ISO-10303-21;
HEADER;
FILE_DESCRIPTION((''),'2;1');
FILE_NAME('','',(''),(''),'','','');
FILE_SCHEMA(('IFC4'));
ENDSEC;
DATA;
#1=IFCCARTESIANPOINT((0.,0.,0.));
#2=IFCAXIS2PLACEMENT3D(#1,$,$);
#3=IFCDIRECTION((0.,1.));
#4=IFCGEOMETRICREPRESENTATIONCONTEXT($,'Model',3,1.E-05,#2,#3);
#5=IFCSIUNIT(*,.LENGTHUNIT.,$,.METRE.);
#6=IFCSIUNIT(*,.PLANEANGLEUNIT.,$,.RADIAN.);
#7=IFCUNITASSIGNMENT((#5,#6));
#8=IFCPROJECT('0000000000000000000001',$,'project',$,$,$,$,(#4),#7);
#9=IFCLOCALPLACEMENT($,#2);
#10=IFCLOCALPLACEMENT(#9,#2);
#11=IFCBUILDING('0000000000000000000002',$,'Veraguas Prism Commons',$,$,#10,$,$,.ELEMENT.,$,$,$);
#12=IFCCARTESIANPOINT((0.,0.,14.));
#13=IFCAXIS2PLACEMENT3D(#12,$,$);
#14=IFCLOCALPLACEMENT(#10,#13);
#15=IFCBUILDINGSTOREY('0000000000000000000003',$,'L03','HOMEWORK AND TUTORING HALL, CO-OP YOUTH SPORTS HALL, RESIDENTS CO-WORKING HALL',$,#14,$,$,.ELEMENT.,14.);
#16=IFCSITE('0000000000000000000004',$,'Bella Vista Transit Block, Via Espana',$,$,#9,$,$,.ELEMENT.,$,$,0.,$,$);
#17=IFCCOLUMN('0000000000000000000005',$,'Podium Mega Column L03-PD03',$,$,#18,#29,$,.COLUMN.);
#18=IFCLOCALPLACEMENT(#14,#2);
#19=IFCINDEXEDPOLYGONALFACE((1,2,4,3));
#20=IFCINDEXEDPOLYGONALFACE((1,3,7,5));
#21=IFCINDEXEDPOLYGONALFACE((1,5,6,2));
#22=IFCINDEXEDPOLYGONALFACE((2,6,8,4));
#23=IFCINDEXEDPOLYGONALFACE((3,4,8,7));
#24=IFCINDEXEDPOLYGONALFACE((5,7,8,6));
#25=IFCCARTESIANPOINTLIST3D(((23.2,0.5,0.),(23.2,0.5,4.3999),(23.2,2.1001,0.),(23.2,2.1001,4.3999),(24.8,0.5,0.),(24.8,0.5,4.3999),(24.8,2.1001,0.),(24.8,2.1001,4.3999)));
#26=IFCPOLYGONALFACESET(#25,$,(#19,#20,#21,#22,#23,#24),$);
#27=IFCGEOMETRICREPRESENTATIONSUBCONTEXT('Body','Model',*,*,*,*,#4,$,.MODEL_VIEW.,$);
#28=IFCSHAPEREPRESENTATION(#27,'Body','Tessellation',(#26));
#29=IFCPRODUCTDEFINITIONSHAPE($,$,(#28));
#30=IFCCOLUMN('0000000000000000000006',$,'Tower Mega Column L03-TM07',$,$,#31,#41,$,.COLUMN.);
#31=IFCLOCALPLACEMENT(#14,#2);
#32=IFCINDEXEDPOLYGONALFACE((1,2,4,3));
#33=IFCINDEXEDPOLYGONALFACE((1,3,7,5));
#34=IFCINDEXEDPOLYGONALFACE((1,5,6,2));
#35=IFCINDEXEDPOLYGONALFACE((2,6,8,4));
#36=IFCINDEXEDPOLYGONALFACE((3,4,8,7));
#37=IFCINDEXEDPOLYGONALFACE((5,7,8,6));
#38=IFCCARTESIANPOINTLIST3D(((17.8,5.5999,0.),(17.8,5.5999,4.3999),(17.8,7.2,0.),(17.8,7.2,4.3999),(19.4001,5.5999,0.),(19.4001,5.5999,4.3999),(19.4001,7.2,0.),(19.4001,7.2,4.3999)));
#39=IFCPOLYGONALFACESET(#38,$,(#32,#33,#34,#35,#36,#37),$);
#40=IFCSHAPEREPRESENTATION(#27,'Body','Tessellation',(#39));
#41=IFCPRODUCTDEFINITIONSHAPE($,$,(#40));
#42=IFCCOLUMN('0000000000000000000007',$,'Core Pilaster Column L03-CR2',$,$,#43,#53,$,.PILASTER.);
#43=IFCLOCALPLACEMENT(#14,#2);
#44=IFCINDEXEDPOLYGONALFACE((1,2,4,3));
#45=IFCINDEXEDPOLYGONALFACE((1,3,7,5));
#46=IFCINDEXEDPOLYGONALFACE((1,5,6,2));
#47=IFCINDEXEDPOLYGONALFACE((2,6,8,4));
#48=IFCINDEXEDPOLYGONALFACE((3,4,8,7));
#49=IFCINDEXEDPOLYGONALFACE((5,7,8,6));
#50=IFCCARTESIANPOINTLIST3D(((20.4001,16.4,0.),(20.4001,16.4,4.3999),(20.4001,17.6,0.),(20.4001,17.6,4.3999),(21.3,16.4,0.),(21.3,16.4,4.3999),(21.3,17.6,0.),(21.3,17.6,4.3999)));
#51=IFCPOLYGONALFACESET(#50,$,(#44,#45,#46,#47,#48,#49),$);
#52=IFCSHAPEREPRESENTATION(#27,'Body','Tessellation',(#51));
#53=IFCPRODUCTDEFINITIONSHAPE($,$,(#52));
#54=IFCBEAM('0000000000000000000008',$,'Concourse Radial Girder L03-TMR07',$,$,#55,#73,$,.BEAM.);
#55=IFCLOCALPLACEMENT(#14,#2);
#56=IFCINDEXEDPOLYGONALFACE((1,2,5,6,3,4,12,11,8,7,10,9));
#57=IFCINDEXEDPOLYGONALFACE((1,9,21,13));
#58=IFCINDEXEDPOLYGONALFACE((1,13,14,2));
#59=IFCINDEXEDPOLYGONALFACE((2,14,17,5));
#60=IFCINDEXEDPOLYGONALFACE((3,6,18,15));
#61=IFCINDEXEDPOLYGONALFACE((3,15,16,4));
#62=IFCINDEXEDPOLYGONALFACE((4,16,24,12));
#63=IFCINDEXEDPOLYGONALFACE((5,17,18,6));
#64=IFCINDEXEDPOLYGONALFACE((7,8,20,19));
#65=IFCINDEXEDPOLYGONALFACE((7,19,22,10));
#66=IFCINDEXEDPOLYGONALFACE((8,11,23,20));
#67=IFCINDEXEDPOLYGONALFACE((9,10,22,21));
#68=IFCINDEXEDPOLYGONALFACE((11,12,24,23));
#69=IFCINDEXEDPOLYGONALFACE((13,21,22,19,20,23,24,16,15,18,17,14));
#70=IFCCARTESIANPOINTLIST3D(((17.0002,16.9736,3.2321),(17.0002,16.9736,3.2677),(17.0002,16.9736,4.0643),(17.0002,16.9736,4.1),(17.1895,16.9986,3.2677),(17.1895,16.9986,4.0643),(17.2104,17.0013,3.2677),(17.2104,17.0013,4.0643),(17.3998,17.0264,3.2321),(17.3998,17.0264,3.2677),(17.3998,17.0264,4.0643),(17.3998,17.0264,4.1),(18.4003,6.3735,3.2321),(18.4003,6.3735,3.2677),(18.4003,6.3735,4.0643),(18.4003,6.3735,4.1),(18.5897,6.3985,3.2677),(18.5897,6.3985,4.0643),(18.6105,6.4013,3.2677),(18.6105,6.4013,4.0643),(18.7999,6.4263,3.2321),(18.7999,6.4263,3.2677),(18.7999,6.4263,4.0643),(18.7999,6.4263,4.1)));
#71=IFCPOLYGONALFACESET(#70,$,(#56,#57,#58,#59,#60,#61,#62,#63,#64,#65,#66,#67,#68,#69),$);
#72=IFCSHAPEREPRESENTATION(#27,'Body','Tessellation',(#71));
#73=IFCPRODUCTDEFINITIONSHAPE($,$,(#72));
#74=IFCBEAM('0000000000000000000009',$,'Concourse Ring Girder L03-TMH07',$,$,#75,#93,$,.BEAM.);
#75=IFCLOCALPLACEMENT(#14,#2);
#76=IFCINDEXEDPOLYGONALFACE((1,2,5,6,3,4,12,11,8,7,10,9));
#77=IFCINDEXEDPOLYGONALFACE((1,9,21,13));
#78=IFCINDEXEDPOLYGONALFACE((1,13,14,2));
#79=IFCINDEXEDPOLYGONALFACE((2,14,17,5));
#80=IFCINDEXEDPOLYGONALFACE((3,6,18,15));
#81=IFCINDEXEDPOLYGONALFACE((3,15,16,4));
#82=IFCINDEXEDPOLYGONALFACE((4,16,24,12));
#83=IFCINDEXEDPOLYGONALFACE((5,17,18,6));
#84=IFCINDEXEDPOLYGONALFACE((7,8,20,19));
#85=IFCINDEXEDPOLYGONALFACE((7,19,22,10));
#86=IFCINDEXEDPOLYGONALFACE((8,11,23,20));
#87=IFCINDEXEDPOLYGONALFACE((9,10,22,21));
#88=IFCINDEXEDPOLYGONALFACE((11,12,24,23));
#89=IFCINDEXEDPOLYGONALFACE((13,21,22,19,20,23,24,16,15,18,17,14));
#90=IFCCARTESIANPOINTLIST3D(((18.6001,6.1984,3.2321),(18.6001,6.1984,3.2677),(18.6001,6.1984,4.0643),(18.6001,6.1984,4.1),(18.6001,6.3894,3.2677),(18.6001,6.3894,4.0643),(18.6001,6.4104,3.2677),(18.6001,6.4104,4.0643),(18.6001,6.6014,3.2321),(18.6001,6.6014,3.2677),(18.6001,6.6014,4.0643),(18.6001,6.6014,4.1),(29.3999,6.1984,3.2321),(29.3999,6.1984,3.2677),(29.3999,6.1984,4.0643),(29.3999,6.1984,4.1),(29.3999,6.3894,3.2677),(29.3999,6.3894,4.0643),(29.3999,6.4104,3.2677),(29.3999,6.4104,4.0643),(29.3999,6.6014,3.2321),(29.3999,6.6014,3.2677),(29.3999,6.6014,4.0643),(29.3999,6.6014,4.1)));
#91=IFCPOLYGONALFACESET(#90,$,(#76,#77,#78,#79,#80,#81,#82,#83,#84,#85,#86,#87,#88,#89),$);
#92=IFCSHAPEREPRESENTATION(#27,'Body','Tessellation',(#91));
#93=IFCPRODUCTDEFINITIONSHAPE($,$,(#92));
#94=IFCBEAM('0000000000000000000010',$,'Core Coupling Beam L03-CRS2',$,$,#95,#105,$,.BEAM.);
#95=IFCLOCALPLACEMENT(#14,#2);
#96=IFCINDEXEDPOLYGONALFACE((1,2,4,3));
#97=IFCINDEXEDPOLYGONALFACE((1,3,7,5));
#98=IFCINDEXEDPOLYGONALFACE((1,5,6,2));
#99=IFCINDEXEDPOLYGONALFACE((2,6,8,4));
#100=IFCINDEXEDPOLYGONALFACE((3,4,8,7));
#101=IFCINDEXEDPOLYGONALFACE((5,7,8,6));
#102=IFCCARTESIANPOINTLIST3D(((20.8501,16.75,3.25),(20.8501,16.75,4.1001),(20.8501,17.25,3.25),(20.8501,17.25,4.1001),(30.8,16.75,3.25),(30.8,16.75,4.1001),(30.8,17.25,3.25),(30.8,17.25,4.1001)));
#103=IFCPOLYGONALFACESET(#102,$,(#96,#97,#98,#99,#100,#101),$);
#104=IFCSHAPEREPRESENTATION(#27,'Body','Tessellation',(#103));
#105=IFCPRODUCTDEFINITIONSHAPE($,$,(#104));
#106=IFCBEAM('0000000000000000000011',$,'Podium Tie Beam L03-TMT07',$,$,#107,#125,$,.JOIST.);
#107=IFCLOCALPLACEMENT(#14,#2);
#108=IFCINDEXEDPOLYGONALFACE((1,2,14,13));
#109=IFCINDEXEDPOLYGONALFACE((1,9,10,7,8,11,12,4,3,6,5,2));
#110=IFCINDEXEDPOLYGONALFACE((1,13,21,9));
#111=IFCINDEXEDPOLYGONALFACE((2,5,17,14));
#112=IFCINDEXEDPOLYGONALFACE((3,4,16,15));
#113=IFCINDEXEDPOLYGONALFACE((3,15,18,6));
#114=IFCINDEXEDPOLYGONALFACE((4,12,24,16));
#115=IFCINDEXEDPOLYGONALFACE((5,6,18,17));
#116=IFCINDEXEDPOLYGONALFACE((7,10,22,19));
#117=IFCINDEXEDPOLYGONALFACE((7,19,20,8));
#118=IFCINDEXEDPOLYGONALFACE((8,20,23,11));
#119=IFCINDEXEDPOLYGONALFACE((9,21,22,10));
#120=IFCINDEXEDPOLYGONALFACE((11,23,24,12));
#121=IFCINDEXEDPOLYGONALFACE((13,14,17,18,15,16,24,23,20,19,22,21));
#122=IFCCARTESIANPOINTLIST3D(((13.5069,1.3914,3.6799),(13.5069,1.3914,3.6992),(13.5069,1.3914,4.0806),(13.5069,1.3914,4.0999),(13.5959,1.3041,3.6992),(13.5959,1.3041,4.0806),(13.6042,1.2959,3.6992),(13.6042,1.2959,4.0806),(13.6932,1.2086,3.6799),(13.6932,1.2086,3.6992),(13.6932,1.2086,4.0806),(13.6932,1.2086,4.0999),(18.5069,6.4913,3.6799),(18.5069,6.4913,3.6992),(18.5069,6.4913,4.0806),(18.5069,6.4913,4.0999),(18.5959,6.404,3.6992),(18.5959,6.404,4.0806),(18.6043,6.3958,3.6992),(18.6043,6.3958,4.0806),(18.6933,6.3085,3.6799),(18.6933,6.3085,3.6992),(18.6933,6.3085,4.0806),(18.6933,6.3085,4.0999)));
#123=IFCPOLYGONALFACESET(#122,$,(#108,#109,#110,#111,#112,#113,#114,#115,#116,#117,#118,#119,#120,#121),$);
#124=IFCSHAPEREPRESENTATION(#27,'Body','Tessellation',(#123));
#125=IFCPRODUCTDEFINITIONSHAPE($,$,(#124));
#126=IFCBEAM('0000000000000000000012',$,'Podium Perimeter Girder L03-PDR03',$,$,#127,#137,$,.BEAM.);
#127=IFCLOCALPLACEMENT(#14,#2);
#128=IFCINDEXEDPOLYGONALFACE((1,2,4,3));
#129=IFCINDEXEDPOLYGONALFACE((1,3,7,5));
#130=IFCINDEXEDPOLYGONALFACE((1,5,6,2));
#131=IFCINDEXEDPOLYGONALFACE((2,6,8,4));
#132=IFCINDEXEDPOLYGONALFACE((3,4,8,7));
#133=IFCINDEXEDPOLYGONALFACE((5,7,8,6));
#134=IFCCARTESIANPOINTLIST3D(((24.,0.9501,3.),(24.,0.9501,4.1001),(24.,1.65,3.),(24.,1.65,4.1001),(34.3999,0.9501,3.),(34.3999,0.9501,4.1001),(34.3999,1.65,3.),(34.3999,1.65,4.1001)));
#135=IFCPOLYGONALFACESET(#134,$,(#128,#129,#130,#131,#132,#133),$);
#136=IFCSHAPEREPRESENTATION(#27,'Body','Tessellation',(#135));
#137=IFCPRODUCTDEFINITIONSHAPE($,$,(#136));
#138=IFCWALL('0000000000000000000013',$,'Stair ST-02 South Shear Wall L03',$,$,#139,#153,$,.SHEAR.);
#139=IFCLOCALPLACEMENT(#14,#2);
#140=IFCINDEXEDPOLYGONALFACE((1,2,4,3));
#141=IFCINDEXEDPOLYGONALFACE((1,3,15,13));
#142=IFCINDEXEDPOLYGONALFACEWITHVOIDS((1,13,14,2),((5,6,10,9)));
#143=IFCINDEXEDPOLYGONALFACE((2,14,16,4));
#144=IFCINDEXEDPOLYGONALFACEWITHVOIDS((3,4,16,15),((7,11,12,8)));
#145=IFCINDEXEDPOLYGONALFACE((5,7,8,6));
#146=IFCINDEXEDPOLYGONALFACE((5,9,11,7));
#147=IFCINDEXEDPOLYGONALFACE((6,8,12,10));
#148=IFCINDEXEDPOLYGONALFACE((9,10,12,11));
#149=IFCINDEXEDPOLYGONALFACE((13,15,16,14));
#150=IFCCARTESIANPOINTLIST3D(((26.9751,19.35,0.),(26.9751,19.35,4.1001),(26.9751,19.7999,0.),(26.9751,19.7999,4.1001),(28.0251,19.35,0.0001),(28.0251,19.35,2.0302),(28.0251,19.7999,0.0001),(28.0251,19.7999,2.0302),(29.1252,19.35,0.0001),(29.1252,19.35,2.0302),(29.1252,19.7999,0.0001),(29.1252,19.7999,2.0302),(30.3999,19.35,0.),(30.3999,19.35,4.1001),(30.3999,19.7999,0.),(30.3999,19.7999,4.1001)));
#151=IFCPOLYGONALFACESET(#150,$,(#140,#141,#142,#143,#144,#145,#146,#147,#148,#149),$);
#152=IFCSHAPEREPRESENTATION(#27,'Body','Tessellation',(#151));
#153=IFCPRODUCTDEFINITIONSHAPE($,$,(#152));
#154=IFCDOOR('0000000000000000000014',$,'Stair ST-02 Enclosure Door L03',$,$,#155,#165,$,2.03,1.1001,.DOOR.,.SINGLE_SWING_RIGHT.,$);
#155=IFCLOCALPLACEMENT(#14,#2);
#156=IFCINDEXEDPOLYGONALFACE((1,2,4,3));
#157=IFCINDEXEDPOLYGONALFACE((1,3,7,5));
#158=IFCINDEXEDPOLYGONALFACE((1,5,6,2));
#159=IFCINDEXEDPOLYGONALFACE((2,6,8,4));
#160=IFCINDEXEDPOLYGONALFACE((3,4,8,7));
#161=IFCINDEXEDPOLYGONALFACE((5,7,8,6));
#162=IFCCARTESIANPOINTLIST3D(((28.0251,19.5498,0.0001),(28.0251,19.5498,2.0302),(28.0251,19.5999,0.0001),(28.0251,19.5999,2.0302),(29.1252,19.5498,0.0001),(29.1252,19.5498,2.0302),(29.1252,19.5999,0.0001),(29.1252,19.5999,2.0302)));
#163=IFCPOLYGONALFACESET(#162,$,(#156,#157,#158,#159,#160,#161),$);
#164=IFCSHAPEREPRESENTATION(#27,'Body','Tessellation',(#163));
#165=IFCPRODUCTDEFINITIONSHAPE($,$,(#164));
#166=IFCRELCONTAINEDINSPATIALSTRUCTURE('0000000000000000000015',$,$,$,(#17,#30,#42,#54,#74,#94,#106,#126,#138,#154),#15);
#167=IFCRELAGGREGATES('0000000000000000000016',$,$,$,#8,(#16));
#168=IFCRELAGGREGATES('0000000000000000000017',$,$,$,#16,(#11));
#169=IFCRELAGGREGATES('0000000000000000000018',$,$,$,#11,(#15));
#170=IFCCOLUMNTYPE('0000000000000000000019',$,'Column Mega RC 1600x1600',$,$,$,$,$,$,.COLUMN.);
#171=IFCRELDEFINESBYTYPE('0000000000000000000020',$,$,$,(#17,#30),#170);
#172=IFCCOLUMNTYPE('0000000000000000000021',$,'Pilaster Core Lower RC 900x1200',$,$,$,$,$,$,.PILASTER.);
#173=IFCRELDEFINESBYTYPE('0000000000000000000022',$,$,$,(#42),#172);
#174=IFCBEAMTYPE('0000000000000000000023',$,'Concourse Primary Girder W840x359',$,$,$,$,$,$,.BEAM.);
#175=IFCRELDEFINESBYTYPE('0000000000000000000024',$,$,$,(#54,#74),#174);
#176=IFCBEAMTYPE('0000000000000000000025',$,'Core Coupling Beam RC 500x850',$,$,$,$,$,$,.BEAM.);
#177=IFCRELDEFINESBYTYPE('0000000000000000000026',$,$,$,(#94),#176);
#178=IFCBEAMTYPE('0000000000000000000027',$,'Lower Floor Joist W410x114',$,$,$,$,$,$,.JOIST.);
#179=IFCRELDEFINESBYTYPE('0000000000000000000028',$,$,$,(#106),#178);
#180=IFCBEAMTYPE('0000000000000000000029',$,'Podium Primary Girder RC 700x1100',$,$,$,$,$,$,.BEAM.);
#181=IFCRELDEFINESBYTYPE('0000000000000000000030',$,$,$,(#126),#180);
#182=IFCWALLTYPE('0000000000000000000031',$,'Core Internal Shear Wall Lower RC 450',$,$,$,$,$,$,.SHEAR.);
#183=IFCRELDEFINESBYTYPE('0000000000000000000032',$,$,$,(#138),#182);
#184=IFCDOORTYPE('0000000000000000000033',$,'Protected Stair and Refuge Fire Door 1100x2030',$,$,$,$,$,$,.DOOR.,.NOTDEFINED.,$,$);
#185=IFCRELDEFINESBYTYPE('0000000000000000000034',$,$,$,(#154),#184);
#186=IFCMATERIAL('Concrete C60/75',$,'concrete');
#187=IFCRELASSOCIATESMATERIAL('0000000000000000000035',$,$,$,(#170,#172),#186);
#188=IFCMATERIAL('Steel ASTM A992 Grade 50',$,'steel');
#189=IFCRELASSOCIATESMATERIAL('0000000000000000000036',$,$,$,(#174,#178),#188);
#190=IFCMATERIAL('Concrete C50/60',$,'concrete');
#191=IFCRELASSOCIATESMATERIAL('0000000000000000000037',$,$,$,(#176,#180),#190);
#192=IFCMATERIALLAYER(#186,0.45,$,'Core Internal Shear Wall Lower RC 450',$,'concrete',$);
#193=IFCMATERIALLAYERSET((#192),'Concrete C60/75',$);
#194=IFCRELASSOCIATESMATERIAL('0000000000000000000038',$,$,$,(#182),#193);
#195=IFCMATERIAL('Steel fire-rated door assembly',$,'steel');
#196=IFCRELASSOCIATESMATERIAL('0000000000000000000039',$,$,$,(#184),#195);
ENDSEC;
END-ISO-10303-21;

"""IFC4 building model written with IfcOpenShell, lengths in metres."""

from ifc_helpers import new_model, si_unit, direction, frame, frame_2d, origin, origin_2d, place, context, subcontext, project, spatial, rectangle, i_section, extrude, source, transform, mapped, material, layer, layer_set, material_profile, profile_set, type_object, element, fill, save


model = new_model("IFC4")

# Units and contexts
model_context = context("Model", 3, precision=1e-05, world=origin(), true_north=direction((0.0, 1.0)))
body_context = subcontext(model_context, "Body", "Model", "MODEL_VIEW")
ifc_project = project(units=[si_unit("LENGTHUNIT", "METRE"), si_unit("PLANEANGLEUNIT", "RADIAN")], contexts=[model_context])

# Site, building, storey
site_placement = place(None, origin())
site = spatial("IfcSite", under=ifc_project, at=site_placement, Name="Bella Vista Transit Block, Via Espana", CompositionType="ELEMENT", RefElevation=0.0)
building_placement = place(site_placement, origin())
building = spatial("IfcBuilding", under=site, at=building_placement, Name="Veraguas Prism Commons", CompositionType="ELEMENT")
storey_placement = place(building_placement, frame((0.0, 0.0, 14.0)))
storey = spatial("IfcBuildingStorey", under=building, at=storey_placement, Name="L03", Description="HOMEWORK AND TUTORING HALL, CO-OP YOUTH SPORTS HALL, RESIDENTS CO-WORKING HALL", CompositionType="ELEMENT", Elevation=14.0)

# Columns
ifc_material_1 = material(Name="Concrete C60/75", Category="concrete")
ifc_material_profile_1 = material_profile(ifc_material_1, rectangle(XDim=1.6001, YDim=1.6001, at=origin_2d()), Name="RC1600X1600")
ifc_profile_set_1 = profile_set([ifc_material_profile_1], Name="Concrete C60/75")
column_type_1 = type_object("IfcColumnType", Name="Column Mega RC 1600x1600", PredefinedType="COLUMN", material=ifc_profile_set_1)
for number, where, z_axis, x_axis, name in (
    (1, (24.0, 1.3, 0.0), (0.0, 0.0, 1.0), (1.0, 0.0, 0.0), "Podium Mega Column L03-PD03"),
    (2, (18.6001, 6.3999, 0.0), (0.0, 0.0, 1.0), (1.0, 0.0, 0.0), "Tower Mega Column L03-TM07"),
):
    element("IfcColumn", number, at=place(storey_placement, frame(where, z_axis=z_axis, x_axis=x_axis)), inside=storey, type_object=column_type_1, Name=name, PredefinedType="COLUMN", context=body_context, shape_type="SweptSolid", body=[
        extrude(rectangle(XDim=1.6001, YDim=1.6001, at=origin_2d()), origin(), (0.0, 0.0, 1.0), 4.3999),
    ])
ifc_material_profile_2 = material_profile(ifc_material_1, rectangle(XDim=0.8999, YDim=1.2, at=origin_2d()), Name="RC900X1200")
ifc_profile_set_2 = profile_set([ifc_material_profile_2], Name="Concrete C60/75")
column_type_2 = type_object("IfcColumnType", Name="Pilaster Core Lower RC 900x1200", PredefinedType="PILASTER", material=ifc_profile_set_2)
column_placement = place(storey_placement, frame((20.8501, 17.0, 0.0), z_axis=(0.0, 0.0, 1.0), x_axis=(1.0, 0.0, 0.0)))
element("IfcColumn", 3, at=column_placement, inside=storey, type_object=column_type_2, Name="Core Pilaster Column L03-CR2", PredefinedType="PILASTER", context=body_context, shape_type="SweptSolid", body=[
    extrude(rectangle(XDim=0.8999, YDim=1.2, at=origin_2d()), origin(), (0.0, 0.0, 1.0), 4.3999),
])

# Beams
ifc_material_2 = material(Name="Steel ASTM A992 Grade 50", Category="steel")
ifc_material_profile_3 = material_profile(ifc_material_2, i_section(OverallWidth=0.4031, OverallDepth=0.8679, WebThickness=0.021, FlangeThickness=0.0356, at=origin_2d()), Name="W840X359")
ifc_profile_set_3 = profile_set([ifc_material_profile_3], Name="Steel ASTM A992 Grade 50")
beam_type_1 = type_object("IfcBeamType", Name="Concourse Primary Girder W840x359", PredefinedType="BEAM", material=ifc_profile_set_3)
beam_1_placement = place(storey_placement, frame((18.6001, 6.3999, 3.666), z_axis=(-0.130951, 0.991389, 0.0), x_axis=(-0.991389, -0.130951, 0.0)))
element("IfcBeam", 4, at=beam_1_placement, inside=storey, type_object=beam_type_1, Name="Concourse Radial Girder L03-TMR07", PredefinedType="BEAM", context=body_context, shape_type="SweptSolid", body=[
    extrude(i_section(OverallWidth=0.4031, OverallDepth=0.8679, WebThickness=0.021, FlangeThickness=0.0356, at=origin_2d()), origin(), (0.0, 0.0, 1.0), 10.6921),
])
beam_2_placement = place(storey_placement, frame((18.6001, 6.3999, 3.666), z_axis=(1.0, 0.0, 0.0), x_axis=(0.0, 1.0, 0.0)))
element("IfcBeam", 5, at=beam_2_placement, inside=storey, type_object=beam_type_1, Name="Concourse Ring Girder L03-TMH07", PredefinedType="BEAM", context=body_context, shape_type="SweptSolid", body=[
    extrude(i_section(OverallWidth=0.4031, OverallDepth=0.8679, WebThickness=0.021, FlangeThickness=0.0356, at=origin_2d()), origin(), (0.0, 0.0, 1.0), 10.7998),
])
ifc_material_3 = material(Name="Concrete C50/60", Category="concrete")
ifc_material_profile_4 = material_profile(ifc_material_3, rectangle(XDim=0.5, YDim=0.8501, at=origin_2d()), Name="RC500X850")
ifc_profile_set_4 = profile_set([ifc_material_profile_4], Name="Concrete C50/60")
beam_type_2 = type_object("IfcBeamType", Name="Core Coupling Beam RC 500x850", PredefinedType="BEAM", material=ifc_profile_set_4)
beam_3_placement = place(storey_placement, frame((20.8501, 17.0, 3.675), z_axis=(1.0, 0.0, 0.0), x_axis=(0.0, 1.0, 0.0)))
element("IfcBeam", 6, at=beam_3_placement, inside=storey, type_object=beam_type_2, Name="Core Coupling Beam L03-CRS2", PredefinedType="BEAM", context=body_context, shape_type="SweptSolid", body=[
    extrude(rectangle(XDim=0.5, YDim=0.8501, at=origin_2d()), origin(), (0.0, 0.0, 1.0), 9.95),
])
ifc_material_profile_5 = material_profile(ifc_material_2, i_section(OverallWidth=0.261, OverallDepth=0.4199, WebThickness=0.0117, FlangeThickness=0.0193, at=origin_2d()), Name="W410X114")
ifc_profile_set_5 = profile_set([ifc_material_profile_5], Name="Steel ASTM A992 Grade 50")
beam_type_3 = type_object("IfcBeamType", Name="Lower Floor Joist W410x114", PredefinedType="JOIST", material=ifc_profile_set_5)
beam_4_placement = place(storey_placement, frame((18.6001, 6.3999, 3.8899), z_axis=(-0.700082, -0.714063, 0.0), x_axis=(0.714063, -0.700082, 0.0)))
element("IfcBeam", 7, at=beam_4_placement, inside=storey, type_object=beam_type_3, Name="Podium Tie Beam L03-TMT07", PredefinedType="JOIST", context=body_context, shape_type="SweptSolid", body=[
    extrude(i_section(OverallWidth=0.261, OverallDepth=0.4199, WebThickness=0.0117, FlangeThickness=0.0193, at=origin_2d()), origin(), (0.0, 0.0, 1.0), 7.1421),
])
ifc_material_profile_6 = material_profile(ifc_material_3, rectangle(XDim=0.7, YDim=1.1001, at=origin_2d()), Name="RC700X1100")
ifc_profile_set_6 = profile_set([ifc_material_profile_6], Name="Concrete C50/60")
beam_type_4 = type_object("IfcBeamType", Name="Podium Primary Girder RC 700x1100", PredefinedType="BEAM", material=ifc_profile_set_6)
beam_5_placement = place(storey_placement, frame((24.0, 1.3, 3.55), z_axis=(1.0, 0.0, 0.0), x_axis=(0.0, 1.0, 0.0)))
element("IfcBeam", 8, at=beam_5_placement, inside=storey, type_object=beam_type_4, Name="Podium Perimeter Girder L03-PDR03", PredefinedType="BEAM", context=body_context, shape_type="SweptSolid", body=[
    extrude(rectangle(XDim=0.7, YDim=1.1001, at=origin_2d()), origin(), (0.0, 0.0, 1.0), 10.3999),
])

# Wall, opening, door
ifc_layer_1 = layer(ifc_material_1, 0.45, Name="Core Internal Shear Wall Lower RC 450", Category="concrete")
ifc_layer_set_1 = layer_set([ifc_layer_1], Name="Concrete C60/75")
wall_type_1 = type_object("IfcWallType", Name="Core Internal Shear Wall Lower RC 450", PredefinedType="SHEAR", material=ifc_layer_set_1)
wall_1_placement = place(storey_placement, frame((26.9751, 19.575, 0.0), z_axis=(0.0, 0.0, 1.0), x_axis=(1.0, 0.0, 0.0)))
wall_1 = element("IfcWall", 9, at=wall_1_placement, inside=storey, type_object=wall_type_1, Name="Stair ST-02 South Shear Wall L03", PredefinedType="SHEAR", context=body_context, shape_type="SweptSolid", body=[
    extrude(rectangle(XDim=3.4248, YDim=0.45, at=frame_2d((1.7124, 0.0))), origin(), (0.0, 0.0, 1.0), 4.1001),
])
opening_1_placement = place(wall_1_placement, frame((1.05, 0.0, 0.0)))
opening_1 = element("IfcOpeningElement", 10, at=opening_1_placement, cuts=wall_1, PredefinedType="OPENING", context=body_context, shape_type="SweptSolid", body=[
    extrude(rectangle(XDim=1.1001, YDim=2.03, at=frame_2d((0.55, 1.0151))), frame((0.0, 0.2349, 0.0), z_axis=(0.0, -1.0, 0.0), x_axis=(1.0, 0.0, 0.0)), (0.0, 0.0, 1.0), 0.47),
])
ifc_material_4 = material(Name="Steel fire-rated door assembly", Category="steel")
door_type_1 = type_object("IfcDoorType", Name="Protected Stair and Refuge Fire Door 1100x2030", OperationType="NOTDEFINED", PredefinedType="DOOR", material=ifc_material_4)
shared_shape_1 = source(origin(), body_context, "Body", "SweptSolid", [
    extrude(rectangle(XDim=1.1001, YDim=2.03, at=frame_2d((0.55, 1.0151))), frame((0.0, 0.0249, 0.0), z_axis=(0.0, -1.0, 0.0), x_axis=(1.0, 0.0, 0.0)), (0.0, 0.0, 1.0), 0.05),
])
door_1_placement = place(opening_1_placement, origin())
door_1 = element("IfcDoor", 11, at=door_1_placement, inside=storey, type_object=door_type_1, Name="Stair ST-02 Enclosure Door L03", OperationType="SINGLE_SWING_RIGHT", OverallHeight=2.03, OverallWidth=1.1001, PredefinedType="DOOR", context=body_context, shape_type="MappedRepresentation", body=[
    mapped(shared_shape_1, transform((0.0, 0.0, 0.0), scale=1.0)),
])
fill(opening_1, door_1)

save(model, "model.ifc")
